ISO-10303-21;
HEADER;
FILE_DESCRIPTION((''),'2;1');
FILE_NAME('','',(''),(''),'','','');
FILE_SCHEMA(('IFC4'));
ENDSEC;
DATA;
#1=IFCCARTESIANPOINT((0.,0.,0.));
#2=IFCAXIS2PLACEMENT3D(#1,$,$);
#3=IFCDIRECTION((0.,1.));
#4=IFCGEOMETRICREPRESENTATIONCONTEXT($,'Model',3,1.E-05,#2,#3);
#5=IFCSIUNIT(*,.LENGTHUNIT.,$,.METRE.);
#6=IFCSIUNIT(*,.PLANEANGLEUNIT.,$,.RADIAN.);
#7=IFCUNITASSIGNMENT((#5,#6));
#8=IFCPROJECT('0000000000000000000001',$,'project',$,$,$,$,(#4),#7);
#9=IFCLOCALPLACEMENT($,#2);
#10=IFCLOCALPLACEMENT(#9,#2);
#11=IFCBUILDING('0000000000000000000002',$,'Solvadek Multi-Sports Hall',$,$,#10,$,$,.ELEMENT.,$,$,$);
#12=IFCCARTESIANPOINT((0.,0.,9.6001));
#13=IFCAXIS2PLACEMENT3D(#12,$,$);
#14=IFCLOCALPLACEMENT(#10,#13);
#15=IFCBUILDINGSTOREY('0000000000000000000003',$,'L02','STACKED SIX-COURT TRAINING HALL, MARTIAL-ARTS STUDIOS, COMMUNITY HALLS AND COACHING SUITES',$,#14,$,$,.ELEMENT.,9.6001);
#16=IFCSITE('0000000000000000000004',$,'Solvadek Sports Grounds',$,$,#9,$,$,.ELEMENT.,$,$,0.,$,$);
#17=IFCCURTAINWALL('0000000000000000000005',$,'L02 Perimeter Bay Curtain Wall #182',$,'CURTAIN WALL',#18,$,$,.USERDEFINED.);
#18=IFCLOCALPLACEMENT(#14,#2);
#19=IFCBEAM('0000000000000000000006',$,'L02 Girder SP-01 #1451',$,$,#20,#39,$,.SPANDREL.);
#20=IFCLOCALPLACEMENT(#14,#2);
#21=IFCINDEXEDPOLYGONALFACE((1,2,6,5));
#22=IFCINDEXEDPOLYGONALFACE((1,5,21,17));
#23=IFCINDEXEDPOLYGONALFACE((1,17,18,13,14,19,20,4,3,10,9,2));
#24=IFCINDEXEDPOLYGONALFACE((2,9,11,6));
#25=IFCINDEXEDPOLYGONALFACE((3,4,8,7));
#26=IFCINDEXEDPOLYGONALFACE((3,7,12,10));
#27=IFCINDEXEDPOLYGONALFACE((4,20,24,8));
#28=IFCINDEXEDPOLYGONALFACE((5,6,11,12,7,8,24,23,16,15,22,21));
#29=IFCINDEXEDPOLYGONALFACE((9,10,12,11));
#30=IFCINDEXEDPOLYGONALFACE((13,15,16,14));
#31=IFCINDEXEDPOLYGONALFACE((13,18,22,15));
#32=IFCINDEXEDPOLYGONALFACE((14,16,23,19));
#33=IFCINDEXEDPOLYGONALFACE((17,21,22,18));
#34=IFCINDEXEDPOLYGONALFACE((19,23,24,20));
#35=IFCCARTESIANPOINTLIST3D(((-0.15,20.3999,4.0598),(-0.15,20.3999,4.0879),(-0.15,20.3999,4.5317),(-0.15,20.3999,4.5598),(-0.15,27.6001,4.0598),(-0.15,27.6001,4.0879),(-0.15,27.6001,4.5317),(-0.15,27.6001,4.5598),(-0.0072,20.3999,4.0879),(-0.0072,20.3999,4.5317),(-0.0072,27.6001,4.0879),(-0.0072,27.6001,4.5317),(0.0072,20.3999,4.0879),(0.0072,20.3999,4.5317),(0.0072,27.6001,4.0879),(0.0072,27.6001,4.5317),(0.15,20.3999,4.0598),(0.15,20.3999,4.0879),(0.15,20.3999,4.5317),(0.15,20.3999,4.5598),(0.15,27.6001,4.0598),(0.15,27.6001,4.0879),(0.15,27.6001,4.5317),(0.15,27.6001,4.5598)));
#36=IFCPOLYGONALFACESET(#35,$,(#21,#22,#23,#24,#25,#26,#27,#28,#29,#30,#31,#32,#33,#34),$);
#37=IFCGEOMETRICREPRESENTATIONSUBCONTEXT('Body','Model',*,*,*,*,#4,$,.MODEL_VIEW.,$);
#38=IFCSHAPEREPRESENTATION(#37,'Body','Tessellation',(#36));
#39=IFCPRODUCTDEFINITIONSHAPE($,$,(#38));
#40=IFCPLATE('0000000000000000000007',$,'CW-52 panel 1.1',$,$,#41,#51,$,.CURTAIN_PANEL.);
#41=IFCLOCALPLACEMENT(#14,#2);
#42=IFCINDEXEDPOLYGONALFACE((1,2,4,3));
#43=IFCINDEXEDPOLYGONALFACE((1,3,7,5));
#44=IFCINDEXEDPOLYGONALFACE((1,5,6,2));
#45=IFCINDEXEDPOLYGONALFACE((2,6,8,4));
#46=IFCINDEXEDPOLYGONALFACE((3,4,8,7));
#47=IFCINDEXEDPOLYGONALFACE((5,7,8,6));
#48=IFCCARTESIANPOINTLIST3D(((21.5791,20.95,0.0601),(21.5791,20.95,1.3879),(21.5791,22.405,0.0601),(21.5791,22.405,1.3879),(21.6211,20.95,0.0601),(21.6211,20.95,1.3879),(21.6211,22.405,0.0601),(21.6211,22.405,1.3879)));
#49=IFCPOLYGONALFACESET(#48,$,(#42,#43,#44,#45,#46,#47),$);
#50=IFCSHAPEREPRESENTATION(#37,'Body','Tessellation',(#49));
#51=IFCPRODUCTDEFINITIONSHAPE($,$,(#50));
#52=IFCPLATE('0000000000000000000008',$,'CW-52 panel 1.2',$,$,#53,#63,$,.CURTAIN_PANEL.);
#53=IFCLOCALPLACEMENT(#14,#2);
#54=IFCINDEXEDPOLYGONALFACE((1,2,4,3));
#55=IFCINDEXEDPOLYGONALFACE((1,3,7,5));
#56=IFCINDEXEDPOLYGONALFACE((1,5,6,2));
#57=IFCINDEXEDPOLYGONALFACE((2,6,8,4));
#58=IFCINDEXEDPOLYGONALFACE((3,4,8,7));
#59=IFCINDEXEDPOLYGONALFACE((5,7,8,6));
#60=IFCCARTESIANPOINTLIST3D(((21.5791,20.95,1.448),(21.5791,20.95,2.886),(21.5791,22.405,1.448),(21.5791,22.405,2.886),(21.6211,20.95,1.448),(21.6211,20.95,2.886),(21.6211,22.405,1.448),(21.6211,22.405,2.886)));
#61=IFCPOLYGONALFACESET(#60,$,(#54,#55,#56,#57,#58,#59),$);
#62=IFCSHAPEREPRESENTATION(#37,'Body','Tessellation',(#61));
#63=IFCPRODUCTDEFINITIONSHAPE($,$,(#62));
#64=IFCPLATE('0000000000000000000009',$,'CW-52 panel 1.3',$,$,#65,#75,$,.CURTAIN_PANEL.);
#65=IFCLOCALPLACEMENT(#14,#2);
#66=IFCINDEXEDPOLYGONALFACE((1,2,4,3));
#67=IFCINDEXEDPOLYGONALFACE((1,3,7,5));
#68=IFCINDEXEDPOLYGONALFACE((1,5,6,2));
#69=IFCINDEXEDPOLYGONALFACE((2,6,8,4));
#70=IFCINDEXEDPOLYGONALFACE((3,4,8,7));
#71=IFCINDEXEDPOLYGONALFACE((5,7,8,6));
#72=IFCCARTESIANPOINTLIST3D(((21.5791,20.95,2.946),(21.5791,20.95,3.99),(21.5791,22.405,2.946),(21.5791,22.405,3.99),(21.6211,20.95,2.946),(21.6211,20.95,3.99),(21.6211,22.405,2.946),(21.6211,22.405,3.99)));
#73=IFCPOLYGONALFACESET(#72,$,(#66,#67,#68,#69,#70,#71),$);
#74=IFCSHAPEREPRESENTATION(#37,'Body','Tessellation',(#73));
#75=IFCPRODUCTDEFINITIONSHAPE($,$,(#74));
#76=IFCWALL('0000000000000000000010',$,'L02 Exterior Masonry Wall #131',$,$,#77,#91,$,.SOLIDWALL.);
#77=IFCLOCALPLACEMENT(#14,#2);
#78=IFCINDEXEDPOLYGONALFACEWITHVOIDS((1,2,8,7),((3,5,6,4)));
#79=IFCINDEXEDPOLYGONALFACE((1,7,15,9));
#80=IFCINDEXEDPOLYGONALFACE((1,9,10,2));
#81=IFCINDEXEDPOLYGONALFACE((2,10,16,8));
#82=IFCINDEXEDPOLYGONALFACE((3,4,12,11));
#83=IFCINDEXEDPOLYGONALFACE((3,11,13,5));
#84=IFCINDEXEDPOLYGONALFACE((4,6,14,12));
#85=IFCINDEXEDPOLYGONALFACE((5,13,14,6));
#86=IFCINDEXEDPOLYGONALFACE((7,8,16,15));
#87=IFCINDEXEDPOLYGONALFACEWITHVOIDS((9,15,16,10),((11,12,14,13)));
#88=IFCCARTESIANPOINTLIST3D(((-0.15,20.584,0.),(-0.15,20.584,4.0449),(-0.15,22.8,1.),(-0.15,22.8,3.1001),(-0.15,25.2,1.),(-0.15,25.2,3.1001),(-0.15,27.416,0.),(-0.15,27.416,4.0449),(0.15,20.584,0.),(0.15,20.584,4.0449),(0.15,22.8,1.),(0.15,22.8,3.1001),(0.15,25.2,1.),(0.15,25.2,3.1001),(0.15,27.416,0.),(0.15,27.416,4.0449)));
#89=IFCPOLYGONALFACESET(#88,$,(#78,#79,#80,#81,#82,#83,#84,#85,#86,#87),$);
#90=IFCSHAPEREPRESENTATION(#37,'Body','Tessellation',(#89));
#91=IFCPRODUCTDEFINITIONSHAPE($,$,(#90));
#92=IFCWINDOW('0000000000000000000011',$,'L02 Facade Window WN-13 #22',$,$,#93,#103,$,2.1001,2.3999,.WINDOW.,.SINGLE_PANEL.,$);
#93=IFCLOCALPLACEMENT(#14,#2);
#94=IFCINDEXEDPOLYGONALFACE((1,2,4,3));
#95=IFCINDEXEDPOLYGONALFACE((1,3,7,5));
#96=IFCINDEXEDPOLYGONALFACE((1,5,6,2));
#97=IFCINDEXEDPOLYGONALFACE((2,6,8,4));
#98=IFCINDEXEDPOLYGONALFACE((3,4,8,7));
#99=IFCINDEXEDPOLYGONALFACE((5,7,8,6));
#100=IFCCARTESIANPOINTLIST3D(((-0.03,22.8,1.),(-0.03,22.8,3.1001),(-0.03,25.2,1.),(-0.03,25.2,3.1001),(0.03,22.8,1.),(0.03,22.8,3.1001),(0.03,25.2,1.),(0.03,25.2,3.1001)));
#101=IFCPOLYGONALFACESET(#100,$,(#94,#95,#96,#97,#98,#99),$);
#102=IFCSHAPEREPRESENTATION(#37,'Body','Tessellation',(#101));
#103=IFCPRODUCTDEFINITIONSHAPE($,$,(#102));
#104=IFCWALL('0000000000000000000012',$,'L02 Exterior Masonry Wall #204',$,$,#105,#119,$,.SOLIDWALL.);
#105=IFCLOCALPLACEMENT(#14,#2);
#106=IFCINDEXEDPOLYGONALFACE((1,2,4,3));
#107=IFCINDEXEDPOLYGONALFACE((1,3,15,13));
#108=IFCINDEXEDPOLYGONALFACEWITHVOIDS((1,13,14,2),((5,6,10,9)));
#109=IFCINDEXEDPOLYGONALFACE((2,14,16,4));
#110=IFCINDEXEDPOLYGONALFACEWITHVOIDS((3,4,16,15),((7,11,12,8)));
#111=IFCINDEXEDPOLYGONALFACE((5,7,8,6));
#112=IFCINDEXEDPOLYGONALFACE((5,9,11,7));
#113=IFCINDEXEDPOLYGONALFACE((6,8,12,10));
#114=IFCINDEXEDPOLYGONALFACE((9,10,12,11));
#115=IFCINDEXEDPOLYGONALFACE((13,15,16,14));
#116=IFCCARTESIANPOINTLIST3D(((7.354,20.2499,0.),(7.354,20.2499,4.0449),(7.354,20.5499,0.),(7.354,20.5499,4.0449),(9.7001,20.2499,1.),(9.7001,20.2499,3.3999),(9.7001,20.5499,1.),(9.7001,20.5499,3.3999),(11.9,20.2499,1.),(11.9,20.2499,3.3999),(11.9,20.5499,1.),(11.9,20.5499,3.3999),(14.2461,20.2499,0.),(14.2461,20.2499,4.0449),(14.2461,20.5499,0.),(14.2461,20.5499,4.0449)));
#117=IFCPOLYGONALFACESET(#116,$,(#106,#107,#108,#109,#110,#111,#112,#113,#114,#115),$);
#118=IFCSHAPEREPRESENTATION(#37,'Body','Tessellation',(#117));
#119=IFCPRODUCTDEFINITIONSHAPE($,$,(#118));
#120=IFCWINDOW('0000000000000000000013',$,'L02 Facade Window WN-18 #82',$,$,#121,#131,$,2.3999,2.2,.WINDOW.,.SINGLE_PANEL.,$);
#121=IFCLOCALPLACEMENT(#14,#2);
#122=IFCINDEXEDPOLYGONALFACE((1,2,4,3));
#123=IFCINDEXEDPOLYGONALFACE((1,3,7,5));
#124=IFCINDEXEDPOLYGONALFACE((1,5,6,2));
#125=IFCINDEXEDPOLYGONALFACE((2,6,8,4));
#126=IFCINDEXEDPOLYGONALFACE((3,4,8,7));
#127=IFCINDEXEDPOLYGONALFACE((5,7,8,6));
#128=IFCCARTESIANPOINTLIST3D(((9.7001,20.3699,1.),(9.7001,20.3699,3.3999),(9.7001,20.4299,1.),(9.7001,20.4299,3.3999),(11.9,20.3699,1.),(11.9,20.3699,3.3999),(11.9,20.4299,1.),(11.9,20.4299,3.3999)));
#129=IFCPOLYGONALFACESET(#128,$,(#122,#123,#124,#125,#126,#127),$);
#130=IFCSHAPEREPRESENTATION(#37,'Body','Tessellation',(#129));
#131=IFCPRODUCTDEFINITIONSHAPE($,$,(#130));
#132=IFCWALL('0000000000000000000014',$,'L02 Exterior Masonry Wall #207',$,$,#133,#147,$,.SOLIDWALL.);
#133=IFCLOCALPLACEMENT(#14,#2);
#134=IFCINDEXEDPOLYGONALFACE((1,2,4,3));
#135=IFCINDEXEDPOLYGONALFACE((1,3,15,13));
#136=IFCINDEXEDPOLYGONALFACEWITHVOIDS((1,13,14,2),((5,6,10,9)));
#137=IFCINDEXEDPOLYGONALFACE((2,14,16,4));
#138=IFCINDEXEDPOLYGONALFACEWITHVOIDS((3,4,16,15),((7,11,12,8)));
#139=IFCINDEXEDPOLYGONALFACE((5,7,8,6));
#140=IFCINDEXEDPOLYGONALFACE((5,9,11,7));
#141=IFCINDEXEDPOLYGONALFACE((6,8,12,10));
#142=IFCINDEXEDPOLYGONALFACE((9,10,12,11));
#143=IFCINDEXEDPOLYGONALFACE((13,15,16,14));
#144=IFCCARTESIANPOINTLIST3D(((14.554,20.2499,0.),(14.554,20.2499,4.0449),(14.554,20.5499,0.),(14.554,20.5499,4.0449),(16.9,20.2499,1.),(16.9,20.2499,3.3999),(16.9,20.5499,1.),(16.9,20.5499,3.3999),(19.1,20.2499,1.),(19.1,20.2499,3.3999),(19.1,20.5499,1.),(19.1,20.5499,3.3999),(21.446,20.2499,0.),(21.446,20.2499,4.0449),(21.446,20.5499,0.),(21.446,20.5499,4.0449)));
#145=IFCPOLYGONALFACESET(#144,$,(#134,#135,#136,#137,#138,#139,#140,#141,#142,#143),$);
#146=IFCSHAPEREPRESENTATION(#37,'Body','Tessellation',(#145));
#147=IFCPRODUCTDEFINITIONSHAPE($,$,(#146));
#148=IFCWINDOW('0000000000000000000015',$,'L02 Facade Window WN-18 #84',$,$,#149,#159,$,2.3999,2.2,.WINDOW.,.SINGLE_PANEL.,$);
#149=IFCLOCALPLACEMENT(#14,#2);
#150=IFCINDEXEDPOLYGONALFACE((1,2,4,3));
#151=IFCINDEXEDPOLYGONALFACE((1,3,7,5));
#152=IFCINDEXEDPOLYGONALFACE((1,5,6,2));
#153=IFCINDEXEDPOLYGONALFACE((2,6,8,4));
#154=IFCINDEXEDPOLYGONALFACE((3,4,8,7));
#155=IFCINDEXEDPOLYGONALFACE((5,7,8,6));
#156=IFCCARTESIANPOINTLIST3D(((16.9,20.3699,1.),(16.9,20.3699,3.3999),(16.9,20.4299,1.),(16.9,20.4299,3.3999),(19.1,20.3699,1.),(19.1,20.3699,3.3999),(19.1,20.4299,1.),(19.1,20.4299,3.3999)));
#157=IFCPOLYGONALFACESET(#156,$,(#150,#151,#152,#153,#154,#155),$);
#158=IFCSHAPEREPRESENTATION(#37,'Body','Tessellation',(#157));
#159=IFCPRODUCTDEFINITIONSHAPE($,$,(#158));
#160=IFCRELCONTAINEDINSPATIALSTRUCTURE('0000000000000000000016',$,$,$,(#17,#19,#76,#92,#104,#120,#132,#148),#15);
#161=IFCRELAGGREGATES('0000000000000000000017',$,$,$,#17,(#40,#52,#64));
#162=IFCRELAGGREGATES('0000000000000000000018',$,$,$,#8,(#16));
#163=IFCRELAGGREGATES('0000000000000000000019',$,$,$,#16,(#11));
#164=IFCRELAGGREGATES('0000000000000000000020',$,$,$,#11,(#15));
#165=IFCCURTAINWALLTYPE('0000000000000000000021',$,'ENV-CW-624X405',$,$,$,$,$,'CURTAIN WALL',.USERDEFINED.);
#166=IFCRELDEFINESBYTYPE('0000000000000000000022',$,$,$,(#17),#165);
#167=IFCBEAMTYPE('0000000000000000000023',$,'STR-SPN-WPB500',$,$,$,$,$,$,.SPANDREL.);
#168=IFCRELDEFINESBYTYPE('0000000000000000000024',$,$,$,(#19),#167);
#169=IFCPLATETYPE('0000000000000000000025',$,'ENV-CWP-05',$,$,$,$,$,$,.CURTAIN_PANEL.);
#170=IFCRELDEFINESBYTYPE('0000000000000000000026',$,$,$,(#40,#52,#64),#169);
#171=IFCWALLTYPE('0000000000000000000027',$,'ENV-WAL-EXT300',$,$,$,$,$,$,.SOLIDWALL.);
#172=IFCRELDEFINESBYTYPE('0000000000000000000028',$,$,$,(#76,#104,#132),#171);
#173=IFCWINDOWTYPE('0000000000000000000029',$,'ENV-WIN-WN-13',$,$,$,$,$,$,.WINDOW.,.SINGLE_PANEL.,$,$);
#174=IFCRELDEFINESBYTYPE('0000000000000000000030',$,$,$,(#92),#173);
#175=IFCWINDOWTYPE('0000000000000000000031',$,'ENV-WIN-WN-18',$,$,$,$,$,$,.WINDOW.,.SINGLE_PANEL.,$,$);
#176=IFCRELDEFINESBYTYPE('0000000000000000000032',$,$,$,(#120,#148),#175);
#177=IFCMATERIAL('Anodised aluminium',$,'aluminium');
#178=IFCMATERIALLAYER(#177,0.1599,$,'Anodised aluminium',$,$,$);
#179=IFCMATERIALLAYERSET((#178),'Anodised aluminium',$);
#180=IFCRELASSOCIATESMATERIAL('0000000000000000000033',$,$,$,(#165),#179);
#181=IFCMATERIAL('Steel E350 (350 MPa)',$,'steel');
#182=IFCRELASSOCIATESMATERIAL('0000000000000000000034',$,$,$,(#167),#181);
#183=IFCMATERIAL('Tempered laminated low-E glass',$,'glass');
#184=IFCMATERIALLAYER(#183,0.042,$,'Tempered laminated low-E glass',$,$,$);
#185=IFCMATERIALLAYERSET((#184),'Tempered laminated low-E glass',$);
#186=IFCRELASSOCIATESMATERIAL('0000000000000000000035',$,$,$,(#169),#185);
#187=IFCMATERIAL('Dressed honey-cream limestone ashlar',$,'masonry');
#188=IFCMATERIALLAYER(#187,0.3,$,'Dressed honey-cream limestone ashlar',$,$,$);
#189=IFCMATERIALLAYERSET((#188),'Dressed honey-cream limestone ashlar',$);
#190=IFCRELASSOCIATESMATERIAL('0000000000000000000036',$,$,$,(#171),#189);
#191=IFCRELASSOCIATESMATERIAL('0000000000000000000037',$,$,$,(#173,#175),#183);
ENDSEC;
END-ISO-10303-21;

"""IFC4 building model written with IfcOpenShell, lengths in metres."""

from ifc_helpers import new_model, si_unit, direction, frame, frame_2d, origin, origin_2d, place, context, subcontext, project, spatial, rectangle, i_section, extrude, material, layer, layer_set, material_profile, profile_set, type_object, element, fill, aggregate, save


model = new_model("IFC4")

# Units and contexts
model_context = context("Model", 3, precision=1e-05, world=origin(), true_north=direction((0.0, 1.0)))
body_context = subcontext(model_context, "Body", "Model", "MODEL_VIEW")
ifc_project = project(units=[si_unit("LENGTHUNIT", "METRE"), si_unit("PLANEANGLEUNIT", "RADIAN")], contexts=[model_context])

# Site, building, storey
site_placement = place(None, origin())
site = spatial("IfcSite", under=ifc_project, at=site_placement, Name="Solvadek Sports Grounds", CompositionType="ELEMENT", RefElevation=0.0)
building_placement = place(site_placement, origin())
building = spatial("IfcBuilding", under=site, at=building_placement, Name="Solvadek Multi-Sports Hall", CompositionType="ELEMENT")
storey_placement = place(building_placement, frame((0.0, 0.0, 9.6001)))
storey = spatial("IfcBuildingStorey", under=building, at=storey_placement, Name="L02", Description="STACKED SIX-COURT TRAINING HALL, MARTIAL-ARTS STUDIOS, COMMUNITY HALLS AND COACHING SUITES", CompositionType="ELEMENT", Elevation=9.6001)

# Shared definitions
ifc_material_1 = material(Name="Steel E350 (350 MPa)", Category="steel")

# Shared definitions
ifc_material_2 = material(Name="Anodised aluminium", Category="aluminium")

# Curtain wall
ifc_layer_1 = layer(ifc_material_2, 0.1599, Name="Anodised aluminium")
ifc_layer_set_1 = layer_set([ifc_layer_1], Name="Anodised aluminium")
curtain_wall_type_1 = type_object("IfcCurtainWallType", Name="ENV-CW-624X405", ElementType="CURTAIN WALL", PredefinedType="USERDEFINED", material=ifc_layer_set_1)
curtain_wall_1_placement = place(storey_placement, origin())
curtain_wall_1 = element("IfcCurtainWall", 1, at=curtain_wall_1_placement, inside=storey, type_object=curtain_wall_type_1, Name="L02 Perimeter Bay Curtain Wall #182", ObjectType="CURTAIN WALL", PredefinedType="USERDEFINED")

# Beam
ifc_material_profile_1 = material_profile(ifc_material_1, i_section(OverallWidth=0.3, OverallDepth=0.5, WebThickness=0.0144, FlangeThickness=0.0281, at=origin_2d()), Name="WPB 500")
ifc_profile_set_1 = profile_set([ifc_material_profile_1], Name="Steel E350 (350 MPa)")
beam_type_1 = type_object("IfcBeamType", Name="STR-SPN-WPB500", PredefinedType="SPANDREL", material=ifc_profile_set_1)
beam_1_placement = place(storey_placement, frame((0.0, 20.3999, 4.3098), z_axis=(0.0, 1.0, 0.0), x_axis=(-1.0, 0.0, 0.0)))
element("IfcBeam", 2, at=beam_1_placement, inside=storey, type_object=beam_type_1, Name="L02 Girder SP-01 #1451", PredefinedType="SPANDREL", context=body_context, shape_type="SweptSolid", body=[
    extrude(i_section(OverallWidth=0.3, OverallDepth=0.5, WebThickness=0.0144, FlangeThickness=0.0281, at=origin_2d()), origin(), (0.0, 0.0, 1.0), 7.2002),
])

# Plates
ifc_material_3 = material(Name="Tempered laminated low-E glass", Category="glass")
ifc_layer_2 = layer(ifc_material_3, 0.042, Name="Tempered laminated low-E glass")
ifc_layer_set_2 = layer_set([ifc_layer_2], Name="Tempered laminated low-E glass")
plate_type = type_object("IfcPlateType", Name="ENV-CWP-05", PredefinedType="CURTAIN_PANEL", material=ifc_layer_set_2)
plate_1_placement = place(storey_placement, frame((21.6001, 21.6775, 0.0601), z_axis=(0.0, 0.0, 1.0), x_axis=(0.0, 1.0, 0.0)))
plate_1 = element("IfcPlate", 3, at=plate_1_placement, type_object=plate_type, Name="CW-52 panel 1.1", PredefinedType="CURTAIN_PANEL", context=body_context, shape_type="SweptSolid", body=[
    extrude(rectangle(XDim=1.4551, YDim=0.042, at=origin_2d()), origin(), (0.0, 0.0, 1.0), 1.3279),
])
plate_2_placement = place(storey_placement, frame((21.6001, 21.6775, 1.448), z_axis=(0.0, 0.0, 1.0), x_axis=(0.0, 1.0, 0.0)))
plate_2 = element("IfcPlate", 4, at=plate_2_placement, type_object=plate_type, Name="CW-52 panel 1.2", PredefinedType="CURTAIN_PANEL", context=body_context, shape_type="SweptSolid", body=[
    extrude(rectangle(XDim=1.4551, YDim=0.042, at=origin_2d()), origin(), (0.0, 0.0, 1.0), 1.438),
])
plate_3_placement = place(storey_placement, frame((21.6001, 21.6775, 2.946), z_axis=(0.0, 0.0, 1.0), x_axis=(0.0, 1.0, 0.0)))
plate_3 = element("IfcPlate", 5, at=plate_3_placement, type_object=plate_type, Name="CW-52 panel 1.3", PredefinedType="CURTAIN_PANEL", context=body_context, shape_type="SweptSolid", body=[
    extrude(rectangle(XDim=1.4551, YDim=0.042, at=origin_2d()), origin(), (0.0, 0.0, 1.0), 1.0439),
])
aggregate(curtain_wall_1, [plate_1, plate_2, plate_3])

# Walls, openings, windows
ifc_material_4 = material(Name="Dressed honey-cream limestone ashlar", Category="masonry")
ifc_layer_3 = layer(ifc_material_4, 0.3, Name="Dressed honey-cream limestone ashlar")
ifc_layer_set_3 = layer_set([ifc_layer_3], Name="Dressed honey-cream limestone ashlar")
wall_type_1 = type_object("IfcWallType", Name="ENV-WAL-EXT300", PredefinedType="SOLIDWALL", material=ifc_layer_set_3)
wall_1_placement = place(storey_placement, frame((0.0, 20.584, 0.0), z_axis=(0.0, 0.0, 1.0), x_axis=(0.0, 1.0, 0.0)))
wall_1 = element("IfcWall", 6, at=wall_1_placement, inside=storey, type_object=wall_type_1, Name="L02 Exterior Masonry Wall #131", PredefinedType="SOLIDWALL", context=body_context, shape_type="SweptSolid", body=[
    extrude(rectangle(XDim=6.832, YDim=0.3, at=frame_2d((3.416, 0.0))), origin(), (0.0, 0.0, 1.0), 4.0449),
])
opening_1_placement = place(wall_1_placement, frame((2.2161, 0.0, 1.0)))
opening_1 = element("IfcOpeningElement", 7, at=opening_1_placement, cuts=wall_1, PredefinedType="OPENING", context=body_context, shape_type="SweptSolid", body=[
    extrude(rectangle(XDim=2.3999, YDim=2.1001, at=frame_2d((1.2, 1.05))), frame((0.0, 0.1599, 0.0), z_axis=(0.0, -1.0, 0.0), x_axis=(1.0, 0.0, 0.0)), (0.0, 0.0, 1.0), 0.3201),
])
window_type_1 = type_object("IfcWindowType", Name="ENV-WIN-WN-13", PartitioningType="SINGLE_PANEL", PredefinedType="WINDOW", material=ifc_material_3)
window_1_placement = place(opening_1_placement, origin())
window_1 = element("IfcWindow", 8, at=window_1_placement, inside=storey, type_object=window_type_1, Name="L02 Facade Window WN-13 #22", OverallHeight=2.1001, OverallWidth=2.3999, PartitioningType="SINGLE_PANEL", PredefinedType="WINDOW", context=body_context, shape_type="SweptSolid", body=[
    extrude(rectangle(XDim=2.3999, YDim=2.1001, at=frame_2d((1.2, 1.05))), frame((0.0, 0.03, 0.0), z_axis=(0.0, -1.0, 0.0), x_axis=(1.0, 0.0, 0.0)), (0.0, 0.0, 1.0), 0.0601),
])
fill(opening_1, window_1)
wall_2_placement = place(storey_placement, frame((7.354, 20.3999, 0.0), z_axis=(0.0, 0.0, 1.0), x_axis=(1.0, 0.0, 0.0)))
wall_2 = element("IfcWall", 9, at=wall_2_placement, inside=storey, type_object=wall_type_1, Name="L02 Exterior Masonry Wall #204", PredefinedType="SOLIDWALL", context=body_context, shape_type="SweptSolid", body=[
    extrude(rectangle(XDim=6.8921, YDim=0.3, at=frame_2d((3.446, 0.0))), origin(), (0.0, 0.0, 1.0), 4.0449),
])
opening_2_placement = place(wall_2_placement, frame((2.3459, 0.0, 1.0)))
opening_2 = element("IfcOpeningElement", 10, at=opening_2_placement, cuts=wall_2, PredefinedType="OPENING", context=body_context, shape_type="SweptSolid", body=[
    extrude(rectangle(XDim=2.2, YDim=2.3999, at=frame_2d((1.1001, 1.2))), frame((0.0, 0.1599, 0.0), z_axis=(0.0, -1.0, 0.0), x_axis=(1.0, 0.0, 0.0)), (0.0, 0.0, 1.0), 0.3201),
])
window_type_2 = type_object("IfcWindowType", Name="ENV-WIN-WN-18", PartitioningType="SINGLE_PANEL", PredefinedType="WINDOW", material=ifc_material_3)
window_2_placement = place(opening_2_placement, origin())
window_2 = element("IfcWindow", 11, at=window_2_placement, inside=storey, type_object=window_type_2, Name="L02 Facade Window WN-18 #82", OverallHeight=2.3999, OverallWidth=2.2, PartitioningType="SINGLE_PANEL", PredefinedType="WINDOW", context=body_context, shape_type="SweptSolid", body=[
    extrude(rectangle(XDim=2.2, YDim=2.3999, at=frame_2d((1.1001, 1.2))), frame((0.0, 0.03, 0.0), z_axis=(0.0, -1.0, 0.0), x_axis=(1.0, 0.0, 0.0)), (0.0, 0.0, 1.0), 0.0601),
])
fill(opening_2, window_2)
wall_3_placement = place(storey_placement, frame((14.554, 20.3999, 0.0), z_axis=(0.0, 0.0, 1.0), x_axis=(1.0, 0.0, 0.0)))
wall_3 = element("IfcWall", 12, at=wall_3_placement, inside=storey, type_object=wall_type_1, Name="L02 Exterior Masonry Wall #207", PredefinedType="SOLIDWALL", context=body_context, shape_type="SweptSolid", body=[
    extrude(rectangle(XDim=6.8921, YDim=0.3, at=frame_2d((3.446, 0.0))), origin(), (0.0, 0.0, 1.0), 4.0449),
])
opening_3_placement = place(wall_3_placement, frame((2.3459, 0.0, 1.0)))
opening_3 = element("IfcOpeningElement", 13, at=opening_3_placement, cuts=wall_3, PredefinedType="OPENING", context=body_context, shape_type="SweptSolid", body=[
    extrude(rectangle(XDim=2.2, YDim=2.3999, at=frame_2d((1.1001, 1.2))), frame((0.0, 0.1599, 0.0), z_axis=(0.0, -1.0, 0.0), x_axis=(1.0, 0.0, 0.0)), (0.0, 0.0, 1.0), 0.3201),
])
window_3_placement = place(opening_3_placement, origin())
window_3 = element("IfcWindow", 14, at=window_3_placement, inside=storey, type_object=window_type_2, Name="L02 Facade Window WN-18 #84", OverallHeight=2.3999, OverallWidth=2.2, PartitioningType="SINGLE_PANEL", PredefinedType="WINDOW", context=body_context, shape_type="SweptSolid", body=[
    extrude(rectangle(XDim=2.2, YDim=2.3999, at=frame_2d((1.1001, 1.2))), frame((0.0, 0.03, 0.0), z_axis=(0.0, -1.0, 0.0), x_axis=(1.0, 0.0, 0.0)), (0.0, 0.0, 1.0), 0.0601),
])
fill(opening_3, window_3)

save(model, "model.ifc")
